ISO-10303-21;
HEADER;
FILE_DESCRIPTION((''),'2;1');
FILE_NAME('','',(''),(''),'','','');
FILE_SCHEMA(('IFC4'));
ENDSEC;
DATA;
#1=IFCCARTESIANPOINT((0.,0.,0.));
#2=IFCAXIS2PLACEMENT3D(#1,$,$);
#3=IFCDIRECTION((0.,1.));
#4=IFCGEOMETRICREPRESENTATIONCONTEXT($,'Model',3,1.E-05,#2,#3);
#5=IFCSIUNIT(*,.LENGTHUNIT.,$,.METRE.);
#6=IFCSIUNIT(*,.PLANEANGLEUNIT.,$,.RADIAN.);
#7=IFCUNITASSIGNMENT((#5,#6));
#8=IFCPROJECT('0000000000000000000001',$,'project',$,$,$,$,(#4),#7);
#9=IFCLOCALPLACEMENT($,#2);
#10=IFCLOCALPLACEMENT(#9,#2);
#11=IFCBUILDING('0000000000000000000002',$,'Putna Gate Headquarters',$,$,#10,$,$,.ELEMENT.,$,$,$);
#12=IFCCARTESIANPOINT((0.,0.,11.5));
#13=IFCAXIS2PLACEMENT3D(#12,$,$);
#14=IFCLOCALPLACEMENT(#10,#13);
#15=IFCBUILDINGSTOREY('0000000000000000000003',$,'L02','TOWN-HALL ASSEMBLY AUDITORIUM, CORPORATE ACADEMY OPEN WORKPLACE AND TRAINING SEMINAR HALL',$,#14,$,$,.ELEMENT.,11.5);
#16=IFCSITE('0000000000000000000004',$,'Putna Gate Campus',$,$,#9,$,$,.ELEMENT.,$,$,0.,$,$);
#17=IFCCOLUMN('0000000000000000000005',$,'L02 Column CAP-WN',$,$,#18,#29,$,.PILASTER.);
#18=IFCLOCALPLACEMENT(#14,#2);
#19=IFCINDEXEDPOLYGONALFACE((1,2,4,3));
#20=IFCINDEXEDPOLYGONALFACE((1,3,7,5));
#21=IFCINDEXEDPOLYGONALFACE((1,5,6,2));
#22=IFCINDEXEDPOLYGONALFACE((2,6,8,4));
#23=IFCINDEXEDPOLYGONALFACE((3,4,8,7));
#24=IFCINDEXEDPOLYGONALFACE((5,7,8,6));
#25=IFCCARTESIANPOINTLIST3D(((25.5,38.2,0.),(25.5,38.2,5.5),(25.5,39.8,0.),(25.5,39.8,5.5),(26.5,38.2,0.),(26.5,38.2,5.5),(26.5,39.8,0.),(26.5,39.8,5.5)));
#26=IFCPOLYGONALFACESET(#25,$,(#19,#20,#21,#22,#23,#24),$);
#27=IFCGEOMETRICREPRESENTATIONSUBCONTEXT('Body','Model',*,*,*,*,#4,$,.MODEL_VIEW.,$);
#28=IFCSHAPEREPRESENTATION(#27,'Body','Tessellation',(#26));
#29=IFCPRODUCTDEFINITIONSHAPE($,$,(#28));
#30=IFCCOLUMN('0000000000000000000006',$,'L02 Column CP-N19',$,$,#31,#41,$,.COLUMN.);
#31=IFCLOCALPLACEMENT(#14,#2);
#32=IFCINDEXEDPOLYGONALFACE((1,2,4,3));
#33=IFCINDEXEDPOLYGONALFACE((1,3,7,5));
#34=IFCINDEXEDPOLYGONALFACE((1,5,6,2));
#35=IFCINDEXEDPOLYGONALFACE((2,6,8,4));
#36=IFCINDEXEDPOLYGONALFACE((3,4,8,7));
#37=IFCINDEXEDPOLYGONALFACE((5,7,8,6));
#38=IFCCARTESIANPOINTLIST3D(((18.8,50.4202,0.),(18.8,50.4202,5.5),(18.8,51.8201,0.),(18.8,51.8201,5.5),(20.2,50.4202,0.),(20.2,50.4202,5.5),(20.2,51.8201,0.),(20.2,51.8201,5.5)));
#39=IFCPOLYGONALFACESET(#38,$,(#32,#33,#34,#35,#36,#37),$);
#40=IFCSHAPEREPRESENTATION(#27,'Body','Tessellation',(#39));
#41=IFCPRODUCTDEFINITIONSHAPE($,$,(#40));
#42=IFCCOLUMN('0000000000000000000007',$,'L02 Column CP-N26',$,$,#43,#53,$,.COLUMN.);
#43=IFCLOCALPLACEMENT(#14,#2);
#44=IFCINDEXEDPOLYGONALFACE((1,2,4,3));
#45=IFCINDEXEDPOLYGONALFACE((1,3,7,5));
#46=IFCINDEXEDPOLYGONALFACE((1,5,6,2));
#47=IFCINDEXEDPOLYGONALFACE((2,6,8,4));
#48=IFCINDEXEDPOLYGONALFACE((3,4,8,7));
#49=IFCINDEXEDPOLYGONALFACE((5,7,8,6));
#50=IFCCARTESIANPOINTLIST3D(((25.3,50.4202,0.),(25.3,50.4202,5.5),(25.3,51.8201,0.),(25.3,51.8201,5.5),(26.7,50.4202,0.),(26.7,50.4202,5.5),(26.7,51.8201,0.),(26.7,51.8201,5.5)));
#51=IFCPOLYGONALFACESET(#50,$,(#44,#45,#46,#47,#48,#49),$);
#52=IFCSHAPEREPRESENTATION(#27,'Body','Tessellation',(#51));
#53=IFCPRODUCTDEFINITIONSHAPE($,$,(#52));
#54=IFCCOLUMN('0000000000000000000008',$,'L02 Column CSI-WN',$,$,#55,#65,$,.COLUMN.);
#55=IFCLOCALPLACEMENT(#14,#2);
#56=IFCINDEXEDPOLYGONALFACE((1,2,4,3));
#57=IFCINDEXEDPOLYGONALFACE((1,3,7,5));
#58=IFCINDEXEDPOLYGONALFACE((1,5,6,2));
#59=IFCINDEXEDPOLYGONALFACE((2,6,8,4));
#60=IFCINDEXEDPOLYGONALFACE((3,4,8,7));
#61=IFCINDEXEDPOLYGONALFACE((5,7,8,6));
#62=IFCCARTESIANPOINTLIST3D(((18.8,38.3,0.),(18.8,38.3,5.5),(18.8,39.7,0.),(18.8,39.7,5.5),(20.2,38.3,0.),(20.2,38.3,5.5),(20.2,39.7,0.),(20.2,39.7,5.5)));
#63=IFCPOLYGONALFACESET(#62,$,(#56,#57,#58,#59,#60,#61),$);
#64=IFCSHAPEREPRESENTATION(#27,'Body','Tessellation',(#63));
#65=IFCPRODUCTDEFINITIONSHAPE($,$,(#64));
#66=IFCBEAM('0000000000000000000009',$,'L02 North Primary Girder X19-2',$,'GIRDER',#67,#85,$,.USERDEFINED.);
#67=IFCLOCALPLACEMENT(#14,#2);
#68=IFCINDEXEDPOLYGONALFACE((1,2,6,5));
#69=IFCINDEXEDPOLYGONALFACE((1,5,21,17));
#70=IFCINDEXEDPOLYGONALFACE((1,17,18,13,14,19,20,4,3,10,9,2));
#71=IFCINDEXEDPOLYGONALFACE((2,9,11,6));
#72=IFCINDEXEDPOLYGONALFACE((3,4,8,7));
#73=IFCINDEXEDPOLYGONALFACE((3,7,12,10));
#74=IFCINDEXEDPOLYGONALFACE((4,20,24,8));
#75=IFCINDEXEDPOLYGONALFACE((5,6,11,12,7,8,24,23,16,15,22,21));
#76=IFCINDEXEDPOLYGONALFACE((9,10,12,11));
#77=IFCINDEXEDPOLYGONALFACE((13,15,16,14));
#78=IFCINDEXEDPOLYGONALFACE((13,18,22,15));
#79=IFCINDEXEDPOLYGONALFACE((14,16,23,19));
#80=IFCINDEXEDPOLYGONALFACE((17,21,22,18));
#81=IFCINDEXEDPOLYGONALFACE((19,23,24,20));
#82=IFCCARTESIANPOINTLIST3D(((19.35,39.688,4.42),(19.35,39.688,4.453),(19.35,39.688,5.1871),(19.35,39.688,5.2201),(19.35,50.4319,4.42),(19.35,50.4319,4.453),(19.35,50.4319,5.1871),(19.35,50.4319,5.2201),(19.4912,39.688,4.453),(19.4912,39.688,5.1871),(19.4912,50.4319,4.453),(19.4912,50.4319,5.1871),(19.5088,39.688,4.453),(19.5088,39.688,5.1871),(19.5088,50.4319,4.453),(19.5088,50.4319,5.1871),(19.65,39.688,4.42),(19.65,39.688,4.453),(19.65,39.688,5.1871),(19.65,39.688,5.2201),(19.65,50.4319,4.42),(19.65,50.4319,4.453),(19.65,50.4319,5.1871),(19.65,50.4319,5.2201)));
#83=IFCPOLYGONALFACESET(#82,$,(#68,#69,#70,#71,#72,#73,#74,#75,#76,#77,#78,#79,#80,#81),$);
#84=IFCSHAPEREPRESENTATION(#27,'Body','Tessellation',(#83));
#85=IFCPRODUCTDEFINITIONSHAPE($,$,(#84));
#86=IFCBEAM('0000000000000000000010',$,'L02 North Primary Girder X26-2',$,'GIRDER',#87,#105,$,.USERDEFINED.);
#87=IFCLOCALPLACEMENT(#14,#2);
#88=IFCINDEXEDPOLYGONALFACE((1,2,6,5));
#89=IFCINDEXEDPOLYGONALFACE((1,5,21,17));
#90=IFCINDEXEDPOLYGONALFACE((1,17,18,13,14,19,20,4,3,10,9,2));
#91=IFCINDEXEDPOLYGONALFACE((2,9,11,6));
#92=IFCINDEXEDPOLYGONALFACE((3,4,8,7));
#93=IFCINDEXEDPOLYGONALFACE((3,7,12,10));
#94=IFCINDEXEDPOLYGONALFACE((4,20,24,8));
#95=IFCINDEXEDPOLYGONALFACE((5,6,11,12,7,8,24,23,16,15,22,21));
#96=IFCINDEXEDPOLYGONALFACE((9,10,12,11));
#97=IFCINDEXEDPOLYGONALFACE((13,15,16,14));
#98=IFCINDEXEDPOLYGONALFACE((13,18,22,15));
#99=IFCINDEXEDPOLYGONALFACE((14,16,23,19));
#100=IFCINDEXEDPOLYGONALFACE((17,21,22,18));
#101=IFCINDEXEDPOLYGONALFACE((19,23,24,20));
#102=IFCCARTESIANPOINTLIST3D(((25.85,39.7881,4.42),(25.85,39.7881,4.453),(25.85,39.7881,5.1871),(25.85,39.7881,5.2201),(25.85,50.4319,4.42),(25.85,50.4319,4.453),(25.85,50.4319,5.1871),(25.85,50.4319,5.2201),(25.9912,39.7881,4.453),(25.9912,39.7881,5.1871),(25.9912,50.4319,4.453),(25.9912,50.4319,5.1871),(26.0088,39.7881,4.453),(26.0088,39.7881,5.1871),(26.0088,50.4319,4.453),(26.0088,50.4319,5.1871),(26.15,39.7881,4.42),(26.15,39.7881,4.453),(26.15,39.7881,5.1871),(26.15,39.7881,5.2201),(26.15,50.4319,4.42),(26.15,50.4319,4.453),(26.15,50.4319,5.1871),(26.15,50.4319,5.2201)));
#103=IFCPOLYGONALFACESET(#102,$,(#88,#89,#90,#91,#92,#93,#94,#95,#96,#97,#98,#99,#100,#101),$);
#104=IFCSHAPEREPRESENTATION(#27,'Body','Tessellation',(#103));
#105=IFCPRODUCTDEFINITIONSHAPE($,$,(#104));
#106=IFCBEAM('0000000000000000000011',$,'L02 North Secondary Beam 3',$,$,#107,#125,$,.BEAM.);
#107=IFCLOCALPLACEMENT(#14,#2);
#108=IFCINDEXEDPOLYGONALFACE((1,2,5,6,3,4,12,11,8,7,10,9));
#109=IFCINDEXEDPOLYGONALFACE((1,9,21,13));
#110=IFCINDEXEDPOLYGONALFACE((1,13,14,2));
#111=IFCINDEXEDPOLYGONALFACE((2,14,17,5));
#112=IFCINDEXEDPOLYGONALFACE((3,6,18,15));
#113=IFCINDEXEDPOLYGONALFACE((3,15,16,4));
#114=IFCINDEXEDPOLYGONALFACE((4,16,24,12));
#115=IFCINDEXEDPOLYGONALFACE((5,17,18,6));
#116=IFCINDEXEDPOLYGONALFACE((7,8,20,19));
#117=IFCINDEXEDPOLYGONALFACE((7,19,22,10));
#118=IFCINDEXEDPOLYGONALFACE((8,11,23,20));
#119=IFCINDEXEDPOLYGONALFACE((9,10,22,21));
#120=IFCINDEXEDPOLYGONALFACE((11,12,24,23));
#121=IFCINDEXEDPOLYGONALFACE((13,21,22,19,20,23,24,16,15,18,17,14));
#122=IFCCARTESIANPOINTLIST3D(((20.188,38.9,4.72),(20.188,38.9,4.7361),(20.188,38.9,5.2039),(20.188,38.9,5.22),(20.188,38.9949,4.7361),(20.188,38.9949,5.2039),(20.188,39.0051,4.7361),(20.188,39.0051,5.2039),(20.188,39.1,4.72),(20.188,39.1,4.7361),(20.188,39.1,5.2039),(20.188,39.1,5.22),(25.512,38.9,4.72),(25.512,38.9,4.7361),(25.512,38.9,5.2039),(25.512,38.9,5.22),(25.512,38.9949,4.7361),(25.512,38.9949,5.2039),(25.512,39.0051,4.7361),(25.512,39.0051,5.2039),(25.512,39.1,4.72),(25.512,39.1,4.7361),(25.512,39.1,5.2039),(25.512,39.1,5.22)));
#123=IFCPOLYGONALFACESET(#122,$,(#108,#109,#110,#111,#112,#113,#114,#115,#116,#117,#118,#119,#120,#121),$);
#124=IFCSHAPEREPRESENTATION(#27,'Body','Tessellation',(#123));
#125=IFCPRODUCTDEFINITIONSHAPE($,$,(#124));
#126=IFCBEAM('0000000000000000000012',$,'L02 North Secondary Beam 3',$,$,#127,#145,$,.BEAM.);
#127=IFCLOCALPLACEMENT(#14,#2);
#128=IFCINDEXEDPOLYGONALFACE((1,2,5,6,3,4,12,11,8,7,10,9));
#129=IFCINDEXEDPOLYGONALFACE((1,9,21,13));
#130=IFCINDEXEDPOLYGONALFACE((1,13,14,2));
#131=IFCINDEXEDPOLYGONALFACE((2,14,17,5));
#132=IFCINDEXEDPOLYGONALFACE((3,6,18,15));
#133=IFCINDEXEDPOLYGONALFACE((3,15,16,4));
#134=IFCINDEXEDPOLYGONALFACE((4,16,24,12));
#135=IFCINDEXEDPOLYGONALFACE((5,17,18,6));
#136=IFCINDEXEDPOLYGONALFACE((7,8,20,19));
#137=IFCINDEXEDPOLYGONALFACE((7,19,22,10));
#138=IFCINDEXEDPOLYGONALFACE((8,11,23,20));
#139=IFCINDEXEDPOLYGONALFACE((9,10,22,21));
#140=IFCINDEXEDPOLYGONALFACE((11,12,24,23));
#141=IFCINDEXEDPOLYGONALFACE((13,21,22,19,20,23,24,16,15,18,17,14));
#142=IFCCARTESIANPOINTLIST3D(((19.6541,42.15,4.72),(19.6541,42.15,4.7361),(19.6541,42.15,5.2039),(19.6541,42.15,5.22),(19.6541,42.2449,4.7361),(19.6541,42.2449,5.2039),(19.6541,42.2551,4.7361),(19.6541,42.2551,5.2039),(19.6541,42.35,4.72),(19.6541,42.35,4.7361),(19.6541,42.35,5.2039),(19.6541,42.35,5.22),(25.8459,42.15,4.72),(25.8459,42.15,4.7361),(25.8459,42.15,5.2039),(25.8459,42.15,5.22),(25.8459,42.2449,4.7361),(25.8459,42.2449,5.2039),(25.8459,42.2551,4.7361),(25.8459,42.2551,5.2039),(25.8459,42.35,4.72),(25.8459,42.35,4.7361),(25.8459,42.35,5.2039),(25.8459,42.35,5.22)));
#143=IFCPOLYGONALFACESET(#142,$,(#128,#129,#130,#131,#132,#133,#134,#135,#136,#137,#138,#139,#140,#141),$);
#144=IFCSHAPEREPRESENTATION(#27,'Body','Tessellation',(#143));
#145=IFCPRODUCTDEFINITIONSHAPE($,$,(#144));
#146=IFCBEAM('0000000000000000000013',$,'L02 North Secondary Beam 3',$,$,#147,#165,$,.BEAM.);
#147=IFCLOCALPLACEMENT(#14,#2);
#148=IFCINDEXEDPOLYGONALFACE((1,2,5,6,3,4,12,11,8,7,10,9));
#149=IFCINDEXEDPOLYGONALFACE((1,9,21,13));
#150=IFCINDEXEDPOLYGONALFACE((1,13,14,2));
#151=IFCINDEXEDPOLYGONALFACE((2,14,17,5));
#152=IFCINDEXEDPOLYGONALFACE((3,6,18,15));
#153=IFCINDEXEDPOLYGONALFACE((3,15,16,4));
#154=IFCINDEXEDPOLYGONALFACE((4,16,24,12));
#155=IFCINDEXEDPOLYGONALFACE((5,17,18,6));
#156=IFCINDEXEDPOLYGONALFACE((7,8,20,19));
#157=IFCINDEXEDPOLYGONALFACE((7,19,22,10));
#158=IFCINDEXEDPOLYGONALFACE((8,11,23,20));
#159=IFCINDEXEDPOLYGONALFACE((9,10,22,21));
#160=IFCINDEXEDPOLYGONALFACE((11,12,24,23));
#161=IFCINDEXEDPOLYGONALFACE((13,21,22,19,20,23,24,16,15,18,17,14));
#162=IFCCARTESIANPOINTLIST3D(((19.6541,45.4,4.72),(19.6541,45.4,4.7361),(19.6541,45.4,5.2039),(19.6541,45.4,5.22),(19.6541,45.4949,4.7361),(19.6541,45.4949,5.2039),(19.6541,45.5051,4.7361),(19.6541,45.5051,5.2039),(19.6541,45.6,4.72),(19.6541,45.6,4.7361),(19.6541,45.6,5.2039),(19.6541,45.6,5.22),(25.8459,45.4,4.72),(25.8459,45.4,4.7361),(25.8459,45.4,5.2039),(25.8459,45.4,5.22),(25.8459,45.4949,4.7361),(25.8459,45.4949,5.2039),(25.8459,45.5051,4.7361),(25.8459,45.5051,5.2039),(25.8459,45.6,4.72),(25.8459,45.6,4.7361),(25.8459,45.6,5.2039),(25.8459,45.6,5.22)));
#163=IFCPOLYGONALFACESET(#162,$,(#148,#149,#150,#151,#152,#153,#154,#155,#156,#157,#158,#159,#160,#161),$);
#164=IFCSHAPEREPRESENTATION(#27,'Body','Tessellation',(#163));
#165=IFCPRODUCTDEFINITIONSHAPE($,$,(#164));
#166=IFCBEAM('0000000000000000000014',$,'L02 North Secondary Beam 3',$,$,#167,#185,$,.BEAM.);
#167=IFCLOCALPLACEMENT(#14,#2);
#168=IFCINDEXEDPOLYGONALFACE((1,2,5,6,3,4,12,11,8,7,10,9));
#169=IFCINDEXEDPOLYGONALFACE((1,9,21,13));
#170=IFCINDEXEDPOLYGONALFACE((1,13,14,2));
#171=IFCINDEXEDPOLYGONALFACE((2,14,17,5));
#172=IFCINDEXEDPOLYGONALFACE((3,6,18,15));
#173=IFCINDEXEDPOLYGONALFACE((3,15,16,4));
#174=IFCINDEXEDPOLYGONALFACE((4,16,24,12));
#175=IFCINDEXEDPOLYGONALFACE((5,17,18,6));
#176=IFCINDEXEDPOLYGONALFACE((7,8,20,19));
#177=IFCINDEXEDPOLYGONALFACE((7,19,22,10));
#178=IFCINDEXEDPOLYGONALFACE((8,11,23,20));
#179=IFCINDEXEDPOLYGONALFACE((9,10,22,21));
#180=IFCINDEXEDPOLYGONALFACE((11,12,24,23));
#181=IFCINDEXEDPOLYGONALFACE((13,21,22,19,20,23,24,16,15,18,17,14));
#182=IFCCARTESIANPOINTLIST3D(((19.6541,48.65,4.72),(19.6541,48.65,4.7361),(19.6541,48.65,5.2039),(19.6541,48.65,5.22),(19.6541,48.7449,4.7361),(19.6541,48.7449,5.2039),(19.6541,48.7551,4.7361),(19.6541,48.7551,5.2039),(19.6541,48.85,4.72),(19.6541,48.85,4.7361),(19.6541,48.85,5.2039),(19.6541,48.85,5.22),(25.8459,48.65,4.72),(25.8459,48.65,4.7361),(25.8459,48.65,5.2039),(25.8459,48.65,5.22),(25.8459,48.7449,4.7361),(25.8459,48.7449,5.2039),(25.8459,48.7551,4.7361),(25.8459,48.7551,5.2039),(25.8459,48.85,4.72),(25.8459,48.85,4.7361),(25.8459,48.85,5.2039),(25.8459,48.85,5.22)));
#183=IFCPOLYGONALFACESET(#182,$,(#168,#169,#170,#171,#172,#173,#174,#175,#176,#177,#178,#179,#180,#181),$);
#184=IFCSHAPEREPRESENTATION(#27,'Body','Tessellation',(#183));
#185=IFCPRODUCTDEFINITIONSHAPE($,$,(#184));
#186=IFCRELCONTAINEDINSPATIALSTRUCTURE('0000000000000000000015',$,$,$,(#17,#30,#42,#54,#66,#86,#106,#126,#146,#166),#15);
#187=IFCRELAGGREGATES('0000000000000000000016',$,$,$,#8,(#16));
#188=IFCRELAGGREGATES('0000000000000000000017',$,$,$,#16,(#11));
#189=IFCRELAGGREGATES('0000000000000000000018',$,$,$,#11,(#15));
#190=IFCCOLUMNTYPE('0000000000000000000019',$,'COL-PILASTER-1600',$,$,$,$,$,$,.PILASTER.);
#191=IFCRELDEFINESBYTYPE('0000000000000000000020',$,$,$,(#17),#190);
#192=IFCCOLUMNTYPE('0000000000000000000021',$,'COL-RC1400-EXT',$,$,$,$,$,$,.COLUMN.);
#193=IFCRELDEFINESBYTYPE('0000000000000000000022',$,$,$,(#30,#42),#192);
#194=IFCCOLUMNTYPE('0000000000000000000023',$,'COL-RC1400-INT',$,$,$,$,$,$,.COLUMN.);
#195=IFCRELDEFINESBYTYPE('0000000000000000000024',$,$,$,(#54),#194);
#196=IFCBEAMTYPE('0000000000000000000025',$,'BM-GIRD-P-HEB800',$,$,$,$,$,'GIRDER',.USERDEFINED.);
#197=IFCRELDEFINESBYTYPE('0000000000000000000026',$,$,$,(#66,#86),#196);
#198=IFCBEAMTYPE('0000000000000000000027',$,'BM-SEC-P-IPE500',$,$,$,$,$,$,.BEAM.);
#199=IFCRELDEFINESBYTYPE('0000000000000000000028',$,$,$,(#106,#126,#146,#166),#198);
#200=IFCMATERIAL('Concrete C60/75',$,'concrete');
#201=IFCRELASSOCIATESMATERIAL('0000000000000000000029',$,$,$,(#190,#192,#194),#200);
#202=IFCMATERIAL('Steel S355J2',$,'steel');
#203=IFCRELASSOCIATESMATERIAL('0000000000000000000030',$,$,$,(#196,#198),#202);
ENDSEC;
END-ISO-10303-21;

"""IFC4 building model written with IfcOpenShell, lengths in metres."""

from ifc_helpers import new_model, si_unit, direction, frame, origin, origin_2d, place, context, subcontext, project, spatial, rectangle, i_section, extrude, material, material_profile, profile_set, type_object, element, save


model = new_model("IFC4")

# Units and contexts
model_context = context("Model", 3, precision=1e-05, world=origin(), true_north=direction((0.0, 1.0)))
body_context = subcontext(model_context, "Body", "Model", "MODEL_VIEW")
ifc_project = project(units=[si_unit("LENGTHUNIT", "METRE"), si_unit("PLANEANGLEUNIT", "RADIAN")], contexts=[model_context])

# Site, building, storey
site_placement = place(None, origin())
site = spatial("IfcSite", under=ifc_project, at=site_placement, Name="Putna Gate Campus", CompositionType="ELEMENT", RefElevation=0.0)
building_placement = place(site_placement, origin())
building = spatial("IfcBuilding", under=site, at=building_placement, Name="Putna Gate Headquarters", CompositionType="ELEMENT")
storey_placement = place(building_placement, frame((0.0, 0.0, 11.5)))
storey = spatial("IfcBuildingStorey", under=building, at=storey_placement, Name="L02", Description="TOWN-HALL ASSEMBLY AUDITORIUM, CORPORATE ACADEMY OPEN WORKPLACE AND TRAINING SEMINAR HALL", CompositionType="ELEMENT", Elevation=11.5)

# Columns
ifc_material_1 = material(Name="Concrete C60/75", Category="concrete")
ifc_material_profile_1 = material_profile(ifc_material_1, rectangle(XDim=1.0, YDim=1.6001, at=origin_2d()), Name="Concrete C60/75")
ifc_profile_set_1 = profile_set([ifc_material_profile_1], Name="Concrete C60/75")
column_type_1 = type_object("IfcColumnType", Name="COL-PILASTER-1600", PredefinedType="PILASTER", material=ifc_profile_set_1)
column_1_placement = place(storey_placement, frame((26.0, 39.0, 0.0), z_axis=(0.0, 0.0, 1.0), x_axis=(1.0, 0.0, 0.0)))
element("IfcColumn", 1, at=column_1_placement, inside=storey, type_object=column_type_1, Name="L02 Column CAP-WN", PredefinedType="PILASTER", context=body_context, shape_type="SweptSolid", body=[
    extrude(rectangle(XDim=1.0, YDim=1.6001, at=origin_2d()), origin(), (0.0, 0.0, 1.0), 5.5),
])
ifc_material_profile_2 = material_profile(ifc_material_1, rectangle(XDim=1.3999, YDim=1.3999, at=origin_2d()), Name="Concrete C60/75")
ifc_profile_set_2 = profile_set([ifc_material_profile_2], Name="Concrete C60/75")
column_type_2 = type_object("IfcColumnType", Name="COL-RC1400-EXT", PredefinedType="COLUMN", material=ifc_profile_set_2)
for number, where, z_axis, x_axis, name in (
    (2, (19.5, 51.1201, 0.0), (0.0, 0.0, 1.0), (1.0, 0.0, 0.0), "L02 Column CP-N19"),
    (3, (26.0, 51.1201, 0.0), (0.0, 0.0, 1.0), (1.0, 0.0, 0.0), "L02 Column CP-N26"),
):
    element("IfcColumn", number, at=place(storey_placement, frame(where, z_axis=z_axis, x_axis=x_axis)), inside=storey, type_object=column_type_2, Name=name, PredefinedType="COLUMN", context=body_context, shape_type="SweptSolid", body=[
        extrude(rectangle(XDim=1.3999, YDim=1.3999, at=origin_2d()), origin(), (0.0, 0.0, 1.0), 5.5),
    ])
ifc_material_profile_3 = material_profile(ifc_material_1, rectangle(XDim=1.3999, YDim=1.3999, at=origin_2d()), Name="Concrete C60/75")
ifc_profile_set_3 = profile_set([ifc_material_profile_3], Name="Concrete C60/75")
column_type_3 = type_object("IfcColumnType", Name="COL-RC1400-INT", PredefinedType="COLUMN", material=ifc_profile_set_3)
column_2_placement = place(storey_placement, frame((19.5, 39.0, 0.0), z_axis=(0.0, 0.0, 1.0), x_axis=(1.0, 0.0, 0.0)))
element("IfcColumn", 4, at=column_2_placement, inside=storey, type_object=column_type_3, Name="L02 Column CSI-WN", PredefinedType="COLUMN", context=body_context, shape_type="SweptSolid", body=[
    extrude(rectangle(XDim=1.3999, YDim=1.3999, at=origin_2d()), origin(), (0.0, 0.0, 1.0), 5.5),
])

# Beams
ifc_material_2 = material(Name="Steel S355J2", Category="steel")
ifc_material_profile_4 = material_profile(ifc_material_2, i_section(OverallWidth=0.3, OverallDepth=0.8, WebThickness=0.0176, FlangeThickness=0.033, at=origin_2d()), Name="Steel S355J2")
ifc_profile_set_4 = profile_set([ifc_material_profile_4], Name="Steel S355J2")
beam_type_1 = type_object("IfcBeamType", Name="BM-GIRD-P-HEB800", ElementType="GIRDER", PredefinedType="USERDEFINED", material=ifc_profile_set_4)
beam_1_placement = place(storey_placement, frame((19.5, 39.688, 4.8201), z_axis=(0.0, 1.0, 0.0), x_axis=(-1.0, 0.0, 0.0)))
element("IfcBeam", 5, at=beam_1_placement, inside=storey, type_object=beam_type_1, Name="L02 North Primary Girder X19-2", ObjectType="GIRDER", PredefinedType="USERDEFINED", context=body_context, shape_type="SweptSolid", body=[
    extrude(i_section(OverallWidth=0.3, OverallDepth=0.8, WebThickness=0.0176, FlangeThickness=0.033, at=origin_2d()), origin(), (0.0, 0.0, 1.0), 10.7439),
])
beam_2_placement = place(storey_placement, frame((26.0, 39.7881, 4.8201), z_axis=(0.0, 1.0, 0.0), x_axis=(-1.0, 0.0, 0.0)))
element("IfcBeam", 6, at=beam_2_placement, inside=storey, type_object=beam_type_1, Name="L02 North Primary Girder X26-2", ObjectType="GIRDER", PredefinedType="USERDEFINED", context=body_context, shape_type="SweptSolid", body=[
    extrude(i_section(OverallWidth=0.3, OverallDepth=0.8, WebThickness=0.0176, FlangeThickness=0.033, at=origin_2d()), origin(), (0.0, 0.0, 1.0), 10.6438),
])
ifc_material_profile_5 = material_profile(ifc_material_2, i_section(OverallWidth=0.2, OverallDepth=0.5, WebThickness=0.0103, FlangeThickness=0.0161, at=origin_2d()), Name="Steel S355J2")
ifc_profile_set_5 = profile_set([ifc_material_profile_5], Name="Steel S355J2")
beam_type_2 = type_object("IfcBeamType", Name="BM-SEC-P-IPE500", PredefinedType="BEAM", material=ifc_profile_set_5)
beam_3_placement = place(storey_placement, frame((20.188, 39.0, 4.97), z_axis=(1.0, 0.0, 0.0), x_axis=(0.0, 1.0, 0.0)))
element("IfcBeam", 7, at=beam_3_placement, inside=storey, type_object=beam_type_2, Name="L02 North Secondary Beam 3", PredefinedType="BEAM", context=body_context, shape_type="SweptSolid", body=[
    extrude(i_section(OverallWidth=0.2, OverallDepth=0.5, WebThickness=0.0103, FlangeThickness=0.0161, at=origin_2d()), origin(), (0.0, 0.0, 1.0), 5.324),
])
for number, where, z_axis, x_axis, name in (
    (8, (19.6541, 42.25, 4.97), (1.0, 0.0, 0.0), (0.0, 1.0, 0.0), "L02 North Secondary Beam 3"),
    (9, (19.6541, 45.5, 4.97), (1.0, 0.0, 0.0), (0.0, 1.0, 0.0), "L02 North Secondary Beam 3"),
    (10, (19.6541, 48.75, 4.97), (1.0, 0.0, 0.0), (0.0, 1.0, 0.0), "L02 North Secondary Beam 3"),
):
    element("IfcBeam", number, at=place(storey_placement, frame(where, z_axis=z_axis, x_axis=x_axis)), inside=storey, type_object=beam_type_2, Name=name, PredefinedType="BEAM", context=body_context, shape_type="SweptSolid", body=[
        extrude(i_section(OverallWidth=0.2, OverallDepth=0.5, WebThickness=0.0103, FlangeThickness=0.0161, at=origin_2d()), origin(), (0.0, 0.0, 1.0), 6.1919),
    ])

save(model, "model.ifc")
